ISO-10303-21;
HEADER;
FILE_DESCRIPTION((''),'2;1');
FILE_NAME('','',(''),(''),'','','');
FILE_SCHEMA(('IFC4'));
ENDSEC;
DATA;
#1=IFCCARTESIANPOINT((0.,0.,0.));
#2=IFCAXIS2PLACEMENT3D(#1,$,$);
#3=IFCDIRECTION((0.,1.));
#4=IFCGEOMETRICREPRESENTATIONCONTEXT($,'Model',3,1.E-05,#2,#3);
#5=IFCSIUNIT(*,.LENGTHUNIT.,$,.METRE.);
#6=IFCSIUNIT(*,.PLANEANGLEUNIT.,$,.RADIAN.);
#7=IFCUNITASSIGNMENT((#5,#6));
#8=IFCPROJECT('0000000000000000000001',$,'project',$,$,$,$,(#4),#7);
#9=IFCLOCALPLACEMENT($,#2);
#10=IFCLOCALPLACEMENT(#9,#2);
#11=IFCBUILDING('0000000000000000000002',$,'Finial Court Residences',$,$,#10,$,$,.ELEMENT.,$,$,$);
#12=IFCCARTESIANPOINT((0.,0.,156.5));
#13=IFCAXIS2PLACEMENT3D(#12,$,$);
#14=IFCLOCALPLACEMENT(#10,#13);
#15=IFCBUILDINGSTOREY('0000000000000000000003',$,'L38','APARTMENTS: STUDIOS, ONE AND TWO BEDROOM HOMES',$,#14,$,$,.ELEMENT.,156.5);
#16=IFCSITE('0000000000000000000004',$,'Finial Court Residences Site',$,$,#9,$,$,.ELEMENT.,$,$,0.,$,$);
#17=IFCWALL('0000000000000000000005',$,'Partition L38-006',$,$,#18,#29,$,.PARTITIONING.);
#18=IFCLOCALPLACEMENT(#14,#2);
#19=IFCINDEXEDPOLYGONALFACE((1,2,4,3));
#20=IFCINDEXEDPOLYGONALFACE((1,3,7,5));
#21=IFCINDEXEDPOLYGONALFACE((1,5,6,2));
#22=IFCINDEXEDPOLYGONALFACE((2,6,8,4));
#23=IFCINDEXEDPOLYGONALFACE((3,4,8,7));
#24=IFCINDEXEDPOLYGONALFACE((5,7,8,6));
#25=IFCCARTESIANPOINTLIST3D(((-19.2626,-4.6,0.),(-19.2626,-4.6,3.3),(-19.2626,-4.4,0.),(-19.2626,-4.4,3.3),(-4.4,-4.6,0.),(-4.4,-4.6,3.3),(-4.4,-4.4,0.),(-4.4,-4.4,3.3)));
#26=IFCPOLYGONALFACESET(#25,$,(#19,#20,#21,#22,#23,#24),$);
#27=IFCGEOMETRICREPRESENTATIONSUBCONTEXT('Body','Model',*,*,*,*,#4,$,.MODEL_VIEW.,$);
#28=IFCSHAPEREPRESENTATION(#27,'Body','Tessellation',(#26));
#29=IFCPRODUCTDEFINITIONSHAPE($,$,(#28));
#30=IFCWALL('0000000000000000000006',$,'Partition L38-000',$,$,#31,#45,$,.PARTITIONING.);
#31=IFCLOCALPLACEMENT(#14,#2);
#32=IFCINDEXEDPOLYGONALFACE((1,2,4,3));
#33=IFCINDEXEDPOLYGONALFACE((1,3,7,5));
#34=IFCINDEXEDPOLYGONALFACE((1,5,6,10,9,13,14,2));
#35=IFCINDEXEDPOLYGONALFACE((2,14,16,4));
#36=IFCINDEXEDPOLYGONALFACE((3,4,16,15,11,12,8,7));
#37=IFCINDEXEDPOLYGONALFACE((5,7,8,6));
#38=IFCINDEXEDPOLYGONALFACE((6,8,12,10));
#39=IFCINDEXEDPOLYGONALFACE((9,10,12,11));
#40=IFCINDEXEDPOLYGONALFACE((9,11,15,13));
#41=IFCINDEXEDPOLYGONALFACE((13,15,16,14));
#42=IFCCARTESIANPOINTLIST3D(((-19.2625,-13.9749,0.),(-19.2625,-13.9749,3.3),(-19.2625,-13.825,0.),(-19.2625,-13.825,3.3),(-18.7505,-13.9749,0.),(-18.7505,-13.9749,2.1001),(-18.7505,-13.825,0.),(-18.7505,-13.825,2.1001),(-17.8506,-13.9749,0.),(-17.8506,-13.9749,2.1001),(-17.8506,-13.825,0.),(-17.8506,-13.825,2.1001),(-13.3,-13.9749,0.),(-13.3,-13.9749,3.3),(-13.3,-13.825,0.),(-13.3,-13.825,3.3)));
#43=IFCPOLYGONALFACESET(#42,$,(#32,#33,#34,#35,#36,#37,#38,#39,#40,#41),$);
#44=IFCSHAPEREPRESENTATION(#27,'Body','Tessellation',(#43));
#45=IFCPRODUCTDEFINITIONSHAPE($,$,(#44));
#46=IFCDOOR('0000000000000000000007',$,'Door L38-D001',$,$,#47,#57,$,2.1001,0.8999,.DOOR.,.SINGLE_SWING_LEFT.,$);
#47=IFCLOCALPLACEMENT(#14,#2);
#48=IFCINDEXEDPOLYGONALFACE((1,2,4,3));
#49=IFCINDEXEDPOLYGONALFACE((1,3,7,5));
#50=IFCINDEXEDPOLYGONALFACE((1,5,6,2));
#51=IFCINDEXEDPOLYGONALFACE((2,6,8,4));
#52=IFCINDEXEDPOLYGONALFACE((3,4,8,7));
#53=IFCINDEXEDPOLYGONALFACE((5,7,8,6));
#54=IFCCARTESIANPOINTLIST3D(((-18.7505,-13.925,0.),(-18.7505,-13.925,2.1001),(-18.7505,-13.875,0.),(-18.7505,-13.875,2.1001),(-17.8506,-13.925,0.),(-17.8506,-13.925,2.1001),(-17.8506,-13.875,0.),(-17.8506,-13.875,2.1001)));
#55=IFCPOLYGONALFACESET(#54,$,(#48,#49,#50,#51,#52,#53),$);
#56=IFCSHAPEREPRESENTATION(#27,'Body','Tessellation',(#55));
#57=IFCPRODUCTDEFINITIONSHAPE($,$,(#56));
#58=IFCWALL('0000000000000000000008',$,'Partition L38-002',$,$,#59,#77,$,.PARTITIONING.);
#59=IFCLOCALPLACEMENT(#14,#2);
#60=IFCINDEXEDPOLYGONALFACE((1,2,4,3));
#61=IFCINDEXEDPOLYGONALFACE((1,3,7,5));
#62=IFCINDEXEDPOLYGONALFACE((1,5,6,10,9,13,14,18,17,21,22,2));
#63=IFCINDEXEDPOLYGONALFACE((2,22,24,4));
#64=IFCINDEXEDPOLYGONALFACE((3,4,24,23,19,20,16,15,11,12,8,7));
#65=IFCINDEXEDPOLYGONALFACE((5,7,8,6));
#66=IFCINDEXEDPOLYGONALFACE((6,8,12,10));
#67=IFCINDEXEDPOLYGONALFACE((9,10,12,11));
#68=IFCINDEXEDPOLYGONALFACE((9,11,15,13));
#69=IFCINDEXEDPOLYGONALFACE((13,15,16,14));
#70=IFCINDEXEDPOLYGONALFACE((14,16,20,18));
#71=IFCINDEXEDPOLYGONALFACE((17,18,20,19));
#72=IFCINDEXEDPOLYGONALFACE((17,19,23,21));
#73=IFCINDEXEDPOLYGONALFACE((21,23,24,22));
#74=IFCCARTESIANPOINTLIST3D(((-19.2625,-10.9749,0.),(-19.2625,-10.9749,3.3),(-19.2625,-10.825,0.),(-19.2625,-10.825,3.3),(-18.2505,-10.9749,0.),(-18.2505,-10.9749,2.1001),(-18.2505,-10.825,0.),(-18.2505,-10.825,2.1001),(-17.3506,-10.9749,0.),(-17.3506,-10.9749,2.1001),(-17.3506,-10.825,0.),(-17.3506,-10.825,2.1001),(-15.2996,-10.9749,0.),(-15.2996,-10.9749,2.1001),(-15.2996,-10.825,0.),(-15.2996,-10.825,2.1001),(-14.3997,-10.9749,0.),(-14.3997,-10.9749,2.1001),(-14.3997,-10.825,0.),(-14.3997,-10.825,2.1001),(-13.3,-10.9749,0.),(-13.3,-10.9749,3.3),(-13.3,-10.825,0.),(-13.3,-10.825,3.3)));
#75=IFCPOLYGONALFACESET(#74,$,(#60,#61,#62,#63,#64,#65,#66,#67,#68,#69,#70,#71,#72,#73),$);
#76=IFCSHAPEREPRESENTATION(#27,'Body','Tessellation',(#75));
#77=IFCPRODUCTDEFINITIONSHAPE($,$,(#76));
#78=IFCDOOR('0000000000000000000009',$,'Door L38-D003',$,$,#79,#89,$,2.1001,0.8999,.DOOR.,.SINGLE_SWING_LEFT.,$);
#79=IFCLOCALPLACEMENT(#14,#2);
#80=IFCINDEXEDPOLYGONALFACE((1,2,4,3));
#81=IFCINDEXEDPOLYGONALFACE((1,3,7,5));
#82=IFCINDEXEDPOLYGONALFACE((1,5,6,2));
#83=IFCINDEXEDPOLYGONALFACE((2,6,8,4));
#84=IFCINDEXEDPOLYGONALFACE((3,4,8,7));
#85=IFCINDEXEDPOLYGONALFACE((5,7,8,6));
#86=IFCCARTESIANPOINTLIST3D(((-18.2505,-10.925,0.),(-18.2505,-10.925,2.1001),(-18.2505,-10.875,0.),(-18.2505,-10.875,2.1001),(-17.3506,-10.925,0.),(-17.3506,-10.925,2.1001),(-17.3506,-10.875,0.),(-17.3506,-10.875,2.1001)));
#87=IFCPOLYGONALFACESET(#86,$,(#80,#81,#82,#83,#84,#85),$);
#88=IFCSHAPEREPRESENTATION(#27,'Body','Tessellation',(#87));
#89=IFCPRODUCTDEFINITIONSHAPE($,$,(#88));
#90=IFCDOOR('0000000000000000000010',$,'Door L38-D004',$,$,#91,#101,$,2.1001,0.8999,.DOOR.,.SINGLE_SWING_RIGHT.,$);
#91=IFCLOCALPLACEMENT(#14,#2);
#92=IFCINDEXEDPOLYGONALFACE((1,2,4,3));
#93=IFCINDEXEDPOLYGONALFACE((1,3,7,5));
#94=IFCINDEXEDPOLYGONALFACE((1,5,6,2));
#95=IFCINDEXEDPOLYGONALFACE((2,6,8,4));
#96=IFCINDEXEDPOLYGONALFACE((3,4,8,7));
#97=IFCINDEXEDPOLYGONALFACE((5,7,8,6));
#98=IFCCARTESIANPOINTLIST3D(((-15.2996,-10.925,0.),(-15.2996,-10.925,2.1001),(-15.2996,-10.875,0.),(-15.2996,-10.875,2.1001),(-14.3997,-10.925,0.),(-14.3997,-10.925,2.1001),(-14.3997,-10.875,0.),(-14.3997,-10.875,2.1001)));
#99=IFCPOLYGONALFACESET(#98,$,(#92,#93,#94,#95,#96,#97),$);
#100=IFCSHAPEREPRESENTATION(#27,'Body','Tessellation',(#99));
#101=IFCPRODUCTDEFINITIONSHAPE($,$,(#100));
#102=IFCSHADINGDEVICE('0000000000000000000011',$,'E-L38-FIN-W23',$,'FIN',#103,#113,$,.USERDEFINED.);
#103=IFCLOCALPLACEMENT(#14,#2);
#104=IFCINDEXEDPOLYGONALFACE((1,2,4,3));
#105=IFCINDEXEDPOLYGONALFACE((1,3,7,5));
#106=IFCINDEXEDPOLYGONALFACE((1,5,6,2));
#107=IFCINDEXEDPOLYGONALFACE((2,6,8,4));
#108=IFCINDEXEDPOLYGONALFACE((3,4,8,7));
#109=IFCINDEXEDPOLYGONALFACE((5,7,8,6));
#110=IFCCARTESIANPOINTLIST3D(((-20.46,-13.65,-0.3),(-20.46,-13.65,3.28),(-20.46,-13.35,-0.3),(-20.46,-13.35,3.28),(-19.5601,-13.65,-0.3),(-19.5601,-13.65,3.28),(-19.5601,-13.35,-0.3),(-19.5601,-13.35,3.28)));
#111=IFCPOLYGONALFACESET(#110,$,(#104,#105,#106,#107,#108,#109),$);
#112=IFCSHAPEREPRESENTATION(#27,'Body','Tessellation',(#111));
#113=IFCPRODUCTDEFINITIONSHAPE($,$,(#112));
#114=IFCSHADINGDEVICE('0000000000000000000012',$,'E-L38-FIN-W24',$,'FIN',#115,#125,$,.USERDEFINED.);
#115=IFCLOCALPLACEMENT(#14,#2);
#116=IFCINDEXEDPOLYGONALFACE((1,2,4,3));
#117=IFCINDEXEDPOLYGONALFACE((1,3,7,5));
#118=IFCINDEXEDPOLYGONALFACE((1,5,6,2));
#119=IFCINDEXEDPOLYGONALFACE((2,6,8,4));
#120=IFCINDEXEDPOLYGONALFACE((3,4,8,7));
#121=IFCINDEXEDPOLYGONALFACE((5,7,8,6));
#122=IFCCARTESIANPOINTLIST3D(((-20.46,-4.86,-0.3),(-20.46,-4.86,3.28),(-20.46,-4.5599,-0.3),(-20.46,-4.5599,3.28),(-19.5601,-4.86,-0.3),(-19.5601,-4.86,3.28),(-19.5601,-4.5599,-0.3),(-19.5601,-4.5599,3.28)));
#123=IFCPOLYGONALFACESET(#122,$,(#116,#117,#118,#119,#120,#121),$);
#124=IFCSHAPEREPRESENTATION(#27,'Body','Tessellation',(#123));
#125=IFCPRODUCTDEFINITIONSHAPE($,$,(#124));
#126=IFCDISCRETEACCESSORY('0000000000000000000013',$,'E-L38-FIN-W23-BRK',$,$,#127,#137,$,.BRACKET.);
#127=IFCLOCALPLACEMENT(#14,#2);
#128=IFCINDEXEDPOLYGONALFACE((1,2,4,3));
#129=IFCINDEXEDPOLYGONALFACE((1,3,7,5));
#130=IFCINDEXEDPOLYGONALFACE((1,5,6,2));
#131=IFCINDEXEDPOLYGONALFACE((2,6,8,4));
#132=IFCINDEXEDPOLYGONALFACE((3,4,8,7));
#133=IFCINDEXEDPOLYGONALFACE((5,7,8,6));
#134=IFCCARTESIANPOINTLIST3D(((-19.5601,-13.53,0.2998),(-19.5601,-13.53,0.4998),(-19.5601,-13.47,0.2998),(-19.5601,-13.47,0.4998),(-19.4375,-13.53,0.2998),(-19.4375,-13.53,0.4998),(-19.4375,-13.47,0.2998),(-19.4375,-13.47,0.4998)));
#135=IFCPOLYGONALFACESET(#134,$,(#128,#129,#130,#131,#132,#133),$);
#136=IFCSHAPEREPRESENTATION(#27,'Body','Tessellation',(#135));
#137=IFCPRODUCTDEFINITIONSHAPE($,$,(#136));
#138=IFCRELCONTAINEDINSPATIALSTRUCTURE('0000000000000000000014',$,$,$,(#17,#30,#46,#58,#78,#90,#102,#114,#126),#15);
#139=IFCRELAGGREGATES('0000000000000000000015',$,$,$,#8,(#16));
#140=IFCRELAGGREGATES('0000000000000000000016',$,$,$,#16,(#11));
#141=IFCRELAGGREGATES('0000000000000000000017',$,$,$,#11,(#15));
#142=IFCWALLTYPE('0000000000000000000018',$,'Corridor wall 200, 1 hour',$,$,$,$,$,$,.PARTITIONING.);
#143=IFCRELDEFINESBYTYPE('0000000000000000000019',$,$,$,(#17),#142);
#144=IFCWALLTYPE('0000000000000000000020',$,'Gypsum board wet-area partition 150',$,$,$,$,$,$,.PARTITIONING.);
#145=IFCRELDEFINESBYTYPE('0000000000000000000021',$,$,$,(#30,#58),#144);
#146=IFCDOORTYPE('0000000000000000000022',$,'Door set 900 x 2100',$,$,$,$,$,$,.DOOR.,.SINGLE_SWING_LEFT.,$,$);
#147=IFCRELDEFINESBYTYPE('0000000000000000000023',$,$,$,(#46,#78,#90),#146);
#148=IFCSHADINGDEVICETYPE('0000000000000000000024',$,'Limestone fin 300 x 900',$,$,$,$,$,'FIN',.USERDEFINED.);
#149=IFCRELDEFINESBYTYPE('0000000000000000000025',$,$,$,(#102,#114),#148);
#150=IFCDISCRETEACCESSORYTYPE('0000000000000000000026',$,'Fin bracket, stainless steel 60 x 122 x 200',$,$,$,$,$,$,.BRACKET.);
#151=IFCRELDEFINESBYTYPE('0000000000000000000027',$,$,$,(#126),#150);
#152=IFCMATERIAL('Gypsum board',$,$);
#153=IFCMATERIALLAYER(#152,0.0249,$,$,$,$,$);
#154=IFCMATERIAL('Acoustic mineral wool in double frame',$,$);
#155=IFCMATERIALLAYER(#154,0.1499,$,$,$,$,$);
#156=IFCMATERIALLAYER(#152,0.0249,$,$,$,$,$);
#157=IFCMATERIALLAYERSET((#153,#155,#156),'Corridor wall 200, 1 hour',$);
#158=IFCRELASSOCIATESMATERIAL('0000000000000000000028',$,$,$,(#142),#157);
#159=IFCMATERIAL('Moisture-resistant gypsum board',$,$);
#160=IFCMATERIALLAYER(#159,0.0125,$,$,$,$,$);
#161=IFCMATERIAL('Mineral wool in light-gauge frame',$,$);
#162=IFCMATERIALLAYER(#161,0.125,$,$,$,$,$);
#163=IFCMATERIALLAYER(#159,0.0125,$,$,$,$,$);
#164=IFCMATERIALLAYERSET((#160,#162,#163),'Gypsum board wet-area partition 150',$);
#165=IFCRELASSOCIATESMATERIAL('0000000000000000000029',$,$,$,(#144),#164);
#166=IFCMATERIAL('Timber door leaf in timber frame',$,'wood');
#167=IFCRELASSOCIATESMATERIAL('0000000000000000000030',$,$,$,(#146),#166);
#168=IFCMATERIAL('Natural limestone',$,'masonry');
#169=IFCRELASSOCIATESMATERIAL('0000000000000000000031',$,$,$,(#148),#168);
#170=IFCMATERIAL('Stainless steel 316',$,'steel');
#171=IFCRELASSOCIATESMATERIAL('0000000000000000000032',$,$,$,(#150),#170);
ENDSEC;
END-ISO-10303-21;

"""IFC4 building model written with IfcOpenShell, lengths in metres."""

from ifc_helpers import new_model, si_unit, direction, frame, frame_2d, origin, origin_2d, place, context, subcontext, project, spatial, rectangle, extrude, material, layer, layer_set, type_object, element, fill, save


model = new_model("IFC4")

# Units and contexts
model_context = context("Model", 3, precision=1e-05, world=origin(), true_north=direction((0.0, 1.0)))
body_context = subcontext(model_context, "Body", "Model", "MODEL_VIEW")
ifc_project = project(units=[si_unit("LENGTHUNIT", "METRE"), si_unit("PLANEANGLEUNIT", "RADIAN")], contexts=[model_context])

# Site, building, storey
site_placement = place(None, origin())
site = spatial("IfcSite", under=ifc_project, at=site_placement, Name="Finial Court Residences Site", CompositionType="ELEMENT", RefElevation=0.0)
building_placement = place(site_placement, origin())
building = spatial("IfcBuilding", under=site, at=building_placement, Name="Finial Court Residences", CompositionType="ELEMENT")
storey_placement = place(building_placement, frame((0.0, 0.0, 156.5)))
storey = spatial("IfcBuildingStorey", under=building, at=storey_placement, Name="L38", Description="APARTMENTS: STUDIOS, ONE AND TWO BEDROOM HOMES", CompositionType="ELEMENT", Elevation=156.5)

# Shared definitions
ifc_material_1 = material(Name="Gypsum board")
ifc_layer_1 = layer(ifc_material_1, 0.0249)
ifc_material_2 = material(Name="Acoustic mineral wool in double frame")
ifc_layer_2 = layer(ifc_material_2, 0.1499)
ifc_layer_3 = layer(ifc_material_1, 0.0249)
ifc_layer_set_1 = layer_set([ifc_layer_1, ifc_layer_2, ifc_layer_3], Name="Corridor wall 200, 1 hour")
wall_type_1 = type_object("IfcWallType", Name="Corridor wall 200, 1 hour", PredefinedType="PARTITIONING", material=ifc_layer_set_1)

# Wall
wall_1_placement = place(storey_placement, frame((-19.2625, -4.5, 0.0), z_axis=(0.0, 0.0, 1.0), x_axis=(1.0, 0.0, 0.0)))
element("IfcWall", 1, at=wall_1_placement, inside=storey, type_object=wall_type_1, Name="Partition L38-006", PredefinedType="PARTITIONING", context=body_context, shape_type="SweptSolid", body=[
    extrude(rectangle(XDim=14.8625, YDim=0.2, at=frame_2d((7.4312, 0.0))), origin(), (0.0, 0.0, 1.0), 3.3),
])

# Wall, opening, door
ifc_material_3 = material(Name="Moisture-resistant gypsum board")
ifc_layer_4 = layer(ifc_material_3, 0.0125)
ifc_material_4 = material(Name="Mineral wool in light-gauge frame")
ifc_layer_5 = layer(ifc_material_4, 0.125)
ifc_layer_6 = layer(ifc_material_3, 0.0125)
ifc_layer_set_2 = layer_set([ifc_layer_4, ifc_layer_5, ifc_layer_6], Name="Gypsum board wet-area partition 150")
wall_type_2 = type_object("IfcWallType", Name="Gypsum board wet-area partition 150", PredefinedType="PARTITIONING", material=ifc_layer_set_2)
wall_2_placement = place(storey_placement, frame((-19.2625, -13.8999, 0.0), z_axis=(0.0, 0.0, 1.0), x_axis=(1.0, 0.0, 0.0)))
wall_2 = element("IfcWall", 2, at=wall_2_placement, inside=storey, type_object=wall_type_2, Name="Partition L38-000", PredefinedType="PARTITIONING", context=body_context, shape_type="SweptSolid", body=[
    extrude(rectangle(XDim=5.9624, YDim=0.1499, at=frame_2d((2.9812, 0.0))), origin(), (0.0, 0.0, 1.0), 3.3),
])
opening_1_placement = place(wall_2_placement, frame((0.512, 0.0, 0.0)))
opening_1 = element("IfcOpeningElement", 3, at=opening_1_placement, cuts=wall_2, PredefinedType="OPENING", context=body_context, shape_type="SweptSolid", body=[
    extrude(rectangle(XDim=0.8999, YDim=2.1001, at=frame_2d((0.45, 1.05))), frame((0.0, 0.085, 0.0), z_axis=(0.0, -1.0, 0.0), x_axis=(1.0, 0.0, 0.0)), (0.0, 0.0, 1.0), 0.1699),
])
ifc_material_5 = material(Name="Timber door leaf in timber frame", Category="wood")
door_type_1 = type_object("IfcDoorType", Name="Door set 900 x 2100", OperationType="SINGLE_SWING_LEFT", PredefinedType="DOOR", material=ifc_material_5)
door_1_placement = place(opening_1_placement, origin())
door_1 = element("IfcDoor", 4, at=door_1_placement, inside=storey, type_object=door_type_1, Name="Door L38-D001", OperationType="SINGLE_SWING_LEFT", OverallHeight=2.1001, OverallWidth=0.8999, PredefinedType="DOOR", context=body_context, shape_type="SweptSolid", body=[
    extrude(rectangle(XDim=0.8999, YDim=2.1001, at=frame_2d((0.45, 1.05))), frame((0.0, 0.0249, 0.0), z_axis=(0.0, -1.0, 0.0), x_axis=(1.0, 0.0, 0.0)), (0.0, 0.0, 1.0), 0.05),
])
fill(opening_1, door_1)

# Wall, openings, doors
wall_3_placement = place(storey_placement, frame((-19.2625, -10.8999, 0.0), z_axis=(0.0, 0.0, 1.0), x_axis=(1.0, 0.0, 0.0)))
wall_3 = element("IfcWall", 5, at=wall_3_placement, inside=storey, type_object=wall_type_2, Name="Partition L38-002", PredefinedType="PARTITIONING", context=body_context, shape_type="SweptSolid", body=[
    extrude(rectangle(XDim=5.9624, YDim=0.1499, at=frame_2d((2.9812, 0.0))), origin(), (0.0, 0.0, 1.0), 3.3),
])
opening_2_placement = place(wall_3_placement, frame((1.012, 0.0, 0.0)))
opening_2 = element("IfcOpeningElement", 6, at=opening_2_placement, cuts=wall_3, PredefinedType="OPENING", context=body_context, shape_type="SweptSolid", body=[
    extrude(rectangle(XDim=0.8999, YDim=2.1001, at=frame_2d((0.45, 1.05))), frame((0.0, 0.085, 0.0), z_axis=(0.0, -1.0, 0.0), x_axis=(1.0, 0.0, 0.0)), (0.0, 0.0, 1.0), 0.1699),
])
opening_3_placement = place(wall_3_placement, frame((3.9629, 0.0, 0.0)))
opening_3 = element("IfcOpeningElement", 7, at=opening_3_placement, cuts=wall_3, PredefinedType="OPENING", context=body_context, shape_type="SweptSolid", body=[
    extrude(rectangle(XDim=0.8999, YDim=2.1001, at=frame_2d((0.45, 1.05))), frame((0.0, 0.085, 0.0), z_axis=(0.0, -1.0, 0.0), x_axis=(1.0, 0.0, 0.0)), (0.0, 0.0, 1.0), 0.1699),
])
door_2_placement = place(opening_2_placement, origin())
door_2 = element("IfcDoor", 8, at=door_2_placement, inside=storey, type_object=door_type_1, Name="Door L38-D003", OperationType="SINGLE_SWING_LEFT", OverallHeight=2.1001, OverallWidth=0.8999, PredefinedType="DOOR", context=body_context, shape_type="SweptSolid", body=[
    extrude(rectangle(XDim=0.8999, YDim=2.1001, at=frame_2d((0.45, 1.05))), frame((0.0, 0.0249, 0.0), z_axis=(0.0, -1.0, 0.0), x_axis=(1.0, 0.0, 0.0)), (0.0, 0.0, 1.0), 0.05),
])
fill(opening_2, door_2)
door_3_placement = place(opening_3_placement, origin())
door_3 = element("IfcDoor", 9, at=door_3_placement, inside=storey, type_object=door_type_1, Name="Door L38-D004", OperationType="SINGLE_SWING_RIGHT", OverallHeight=2.1001, OverallWidth=0.8999, PredefinedType="DOOR", context=body_context, shape_type="SweptSolid", body=[
    extrude(rectangle(XDim=0.8999, YDim=2.1001, at=frame_2d((0.45, 1.05))), frame((0.0, 0.0249, 0.0), z_axis=(0.0, -1.0, 0.0), x_axis=(1.0, 0.0, 0.0)), (0.0, 0.0, 1.0), 0.05),
])
fill(opening_3, door_3)

# Shading devices
ifc_material_6 = material(Name="Natural limestone", Category="masonry")
shading_device_type = type_object("IfcShadingDeviceType", Name="Limestone fin 300 x 900", ElementType="FIN", PredefinedType="USERDEFINED", material=ifc_material_6)
for number, where, z_axis, x_axis, name in (
    (10, (-20.01, -13.5, -0.3), (0.0, 0.0, 1.0), (1.0, 0.0, 0.0), "E-L38-FIN-W23"),
    (11, (-20.01, -4.71, -0.3), (0.0, 0.0, 1.0), (1.0, 0.0, 0.0), "E-L38-FIN-W24"),
):
    element("IfcShadingDevice", number, at=place(storey_placement, frame(where, z_axis=z_axis, x_axis=x_axis)), inside=storey, type_object=shading_device_type, Name=name, ObjectType="FIN", PredefinedType="USERDEFINED", context=body_context, shape_type="SweptSolid", body=[
        extrude(rectangle(XDim=0.8999, YDim=0.3, at=origin_2d()), origin(), (0.0, 0.0, 1.0), 3.5801),
    ])

# Discrete accessory
ifc_material_7 = material(Name="Stainless steel 316", Category="steel")
discrete_accessory_type = type_object("IfcDiscreteAccessoryType", Name="Fin bracket, stainless steel 60 x 122 x 200", PredefinedType="BRACKET", material=ifc_material_7)
discrete_accessory_placement = place(storey_placement, frame((-19.4988, -13.5, 0.2998), z_axis=(0.0, 0.0, 1.0), x_axis=(1.0, 0.0, 0.0)))
element("IfcDiscreteAccessory", 12, at=discrete_accessory_placement, inside=storey, type_object=discrete_accessory_type, Name="E-L38-FIN-W23-BRK", PredefinedType="BRACKET", context=body_context, shape_type="SweptSolid", body=[
    extrude(rectangle(XDim=0.1226, YDim=0.0601, at=origin_2d()), origin(), (0.0, 0.0, 1.0), 0.2),
])

save(model, "model.ifc")
